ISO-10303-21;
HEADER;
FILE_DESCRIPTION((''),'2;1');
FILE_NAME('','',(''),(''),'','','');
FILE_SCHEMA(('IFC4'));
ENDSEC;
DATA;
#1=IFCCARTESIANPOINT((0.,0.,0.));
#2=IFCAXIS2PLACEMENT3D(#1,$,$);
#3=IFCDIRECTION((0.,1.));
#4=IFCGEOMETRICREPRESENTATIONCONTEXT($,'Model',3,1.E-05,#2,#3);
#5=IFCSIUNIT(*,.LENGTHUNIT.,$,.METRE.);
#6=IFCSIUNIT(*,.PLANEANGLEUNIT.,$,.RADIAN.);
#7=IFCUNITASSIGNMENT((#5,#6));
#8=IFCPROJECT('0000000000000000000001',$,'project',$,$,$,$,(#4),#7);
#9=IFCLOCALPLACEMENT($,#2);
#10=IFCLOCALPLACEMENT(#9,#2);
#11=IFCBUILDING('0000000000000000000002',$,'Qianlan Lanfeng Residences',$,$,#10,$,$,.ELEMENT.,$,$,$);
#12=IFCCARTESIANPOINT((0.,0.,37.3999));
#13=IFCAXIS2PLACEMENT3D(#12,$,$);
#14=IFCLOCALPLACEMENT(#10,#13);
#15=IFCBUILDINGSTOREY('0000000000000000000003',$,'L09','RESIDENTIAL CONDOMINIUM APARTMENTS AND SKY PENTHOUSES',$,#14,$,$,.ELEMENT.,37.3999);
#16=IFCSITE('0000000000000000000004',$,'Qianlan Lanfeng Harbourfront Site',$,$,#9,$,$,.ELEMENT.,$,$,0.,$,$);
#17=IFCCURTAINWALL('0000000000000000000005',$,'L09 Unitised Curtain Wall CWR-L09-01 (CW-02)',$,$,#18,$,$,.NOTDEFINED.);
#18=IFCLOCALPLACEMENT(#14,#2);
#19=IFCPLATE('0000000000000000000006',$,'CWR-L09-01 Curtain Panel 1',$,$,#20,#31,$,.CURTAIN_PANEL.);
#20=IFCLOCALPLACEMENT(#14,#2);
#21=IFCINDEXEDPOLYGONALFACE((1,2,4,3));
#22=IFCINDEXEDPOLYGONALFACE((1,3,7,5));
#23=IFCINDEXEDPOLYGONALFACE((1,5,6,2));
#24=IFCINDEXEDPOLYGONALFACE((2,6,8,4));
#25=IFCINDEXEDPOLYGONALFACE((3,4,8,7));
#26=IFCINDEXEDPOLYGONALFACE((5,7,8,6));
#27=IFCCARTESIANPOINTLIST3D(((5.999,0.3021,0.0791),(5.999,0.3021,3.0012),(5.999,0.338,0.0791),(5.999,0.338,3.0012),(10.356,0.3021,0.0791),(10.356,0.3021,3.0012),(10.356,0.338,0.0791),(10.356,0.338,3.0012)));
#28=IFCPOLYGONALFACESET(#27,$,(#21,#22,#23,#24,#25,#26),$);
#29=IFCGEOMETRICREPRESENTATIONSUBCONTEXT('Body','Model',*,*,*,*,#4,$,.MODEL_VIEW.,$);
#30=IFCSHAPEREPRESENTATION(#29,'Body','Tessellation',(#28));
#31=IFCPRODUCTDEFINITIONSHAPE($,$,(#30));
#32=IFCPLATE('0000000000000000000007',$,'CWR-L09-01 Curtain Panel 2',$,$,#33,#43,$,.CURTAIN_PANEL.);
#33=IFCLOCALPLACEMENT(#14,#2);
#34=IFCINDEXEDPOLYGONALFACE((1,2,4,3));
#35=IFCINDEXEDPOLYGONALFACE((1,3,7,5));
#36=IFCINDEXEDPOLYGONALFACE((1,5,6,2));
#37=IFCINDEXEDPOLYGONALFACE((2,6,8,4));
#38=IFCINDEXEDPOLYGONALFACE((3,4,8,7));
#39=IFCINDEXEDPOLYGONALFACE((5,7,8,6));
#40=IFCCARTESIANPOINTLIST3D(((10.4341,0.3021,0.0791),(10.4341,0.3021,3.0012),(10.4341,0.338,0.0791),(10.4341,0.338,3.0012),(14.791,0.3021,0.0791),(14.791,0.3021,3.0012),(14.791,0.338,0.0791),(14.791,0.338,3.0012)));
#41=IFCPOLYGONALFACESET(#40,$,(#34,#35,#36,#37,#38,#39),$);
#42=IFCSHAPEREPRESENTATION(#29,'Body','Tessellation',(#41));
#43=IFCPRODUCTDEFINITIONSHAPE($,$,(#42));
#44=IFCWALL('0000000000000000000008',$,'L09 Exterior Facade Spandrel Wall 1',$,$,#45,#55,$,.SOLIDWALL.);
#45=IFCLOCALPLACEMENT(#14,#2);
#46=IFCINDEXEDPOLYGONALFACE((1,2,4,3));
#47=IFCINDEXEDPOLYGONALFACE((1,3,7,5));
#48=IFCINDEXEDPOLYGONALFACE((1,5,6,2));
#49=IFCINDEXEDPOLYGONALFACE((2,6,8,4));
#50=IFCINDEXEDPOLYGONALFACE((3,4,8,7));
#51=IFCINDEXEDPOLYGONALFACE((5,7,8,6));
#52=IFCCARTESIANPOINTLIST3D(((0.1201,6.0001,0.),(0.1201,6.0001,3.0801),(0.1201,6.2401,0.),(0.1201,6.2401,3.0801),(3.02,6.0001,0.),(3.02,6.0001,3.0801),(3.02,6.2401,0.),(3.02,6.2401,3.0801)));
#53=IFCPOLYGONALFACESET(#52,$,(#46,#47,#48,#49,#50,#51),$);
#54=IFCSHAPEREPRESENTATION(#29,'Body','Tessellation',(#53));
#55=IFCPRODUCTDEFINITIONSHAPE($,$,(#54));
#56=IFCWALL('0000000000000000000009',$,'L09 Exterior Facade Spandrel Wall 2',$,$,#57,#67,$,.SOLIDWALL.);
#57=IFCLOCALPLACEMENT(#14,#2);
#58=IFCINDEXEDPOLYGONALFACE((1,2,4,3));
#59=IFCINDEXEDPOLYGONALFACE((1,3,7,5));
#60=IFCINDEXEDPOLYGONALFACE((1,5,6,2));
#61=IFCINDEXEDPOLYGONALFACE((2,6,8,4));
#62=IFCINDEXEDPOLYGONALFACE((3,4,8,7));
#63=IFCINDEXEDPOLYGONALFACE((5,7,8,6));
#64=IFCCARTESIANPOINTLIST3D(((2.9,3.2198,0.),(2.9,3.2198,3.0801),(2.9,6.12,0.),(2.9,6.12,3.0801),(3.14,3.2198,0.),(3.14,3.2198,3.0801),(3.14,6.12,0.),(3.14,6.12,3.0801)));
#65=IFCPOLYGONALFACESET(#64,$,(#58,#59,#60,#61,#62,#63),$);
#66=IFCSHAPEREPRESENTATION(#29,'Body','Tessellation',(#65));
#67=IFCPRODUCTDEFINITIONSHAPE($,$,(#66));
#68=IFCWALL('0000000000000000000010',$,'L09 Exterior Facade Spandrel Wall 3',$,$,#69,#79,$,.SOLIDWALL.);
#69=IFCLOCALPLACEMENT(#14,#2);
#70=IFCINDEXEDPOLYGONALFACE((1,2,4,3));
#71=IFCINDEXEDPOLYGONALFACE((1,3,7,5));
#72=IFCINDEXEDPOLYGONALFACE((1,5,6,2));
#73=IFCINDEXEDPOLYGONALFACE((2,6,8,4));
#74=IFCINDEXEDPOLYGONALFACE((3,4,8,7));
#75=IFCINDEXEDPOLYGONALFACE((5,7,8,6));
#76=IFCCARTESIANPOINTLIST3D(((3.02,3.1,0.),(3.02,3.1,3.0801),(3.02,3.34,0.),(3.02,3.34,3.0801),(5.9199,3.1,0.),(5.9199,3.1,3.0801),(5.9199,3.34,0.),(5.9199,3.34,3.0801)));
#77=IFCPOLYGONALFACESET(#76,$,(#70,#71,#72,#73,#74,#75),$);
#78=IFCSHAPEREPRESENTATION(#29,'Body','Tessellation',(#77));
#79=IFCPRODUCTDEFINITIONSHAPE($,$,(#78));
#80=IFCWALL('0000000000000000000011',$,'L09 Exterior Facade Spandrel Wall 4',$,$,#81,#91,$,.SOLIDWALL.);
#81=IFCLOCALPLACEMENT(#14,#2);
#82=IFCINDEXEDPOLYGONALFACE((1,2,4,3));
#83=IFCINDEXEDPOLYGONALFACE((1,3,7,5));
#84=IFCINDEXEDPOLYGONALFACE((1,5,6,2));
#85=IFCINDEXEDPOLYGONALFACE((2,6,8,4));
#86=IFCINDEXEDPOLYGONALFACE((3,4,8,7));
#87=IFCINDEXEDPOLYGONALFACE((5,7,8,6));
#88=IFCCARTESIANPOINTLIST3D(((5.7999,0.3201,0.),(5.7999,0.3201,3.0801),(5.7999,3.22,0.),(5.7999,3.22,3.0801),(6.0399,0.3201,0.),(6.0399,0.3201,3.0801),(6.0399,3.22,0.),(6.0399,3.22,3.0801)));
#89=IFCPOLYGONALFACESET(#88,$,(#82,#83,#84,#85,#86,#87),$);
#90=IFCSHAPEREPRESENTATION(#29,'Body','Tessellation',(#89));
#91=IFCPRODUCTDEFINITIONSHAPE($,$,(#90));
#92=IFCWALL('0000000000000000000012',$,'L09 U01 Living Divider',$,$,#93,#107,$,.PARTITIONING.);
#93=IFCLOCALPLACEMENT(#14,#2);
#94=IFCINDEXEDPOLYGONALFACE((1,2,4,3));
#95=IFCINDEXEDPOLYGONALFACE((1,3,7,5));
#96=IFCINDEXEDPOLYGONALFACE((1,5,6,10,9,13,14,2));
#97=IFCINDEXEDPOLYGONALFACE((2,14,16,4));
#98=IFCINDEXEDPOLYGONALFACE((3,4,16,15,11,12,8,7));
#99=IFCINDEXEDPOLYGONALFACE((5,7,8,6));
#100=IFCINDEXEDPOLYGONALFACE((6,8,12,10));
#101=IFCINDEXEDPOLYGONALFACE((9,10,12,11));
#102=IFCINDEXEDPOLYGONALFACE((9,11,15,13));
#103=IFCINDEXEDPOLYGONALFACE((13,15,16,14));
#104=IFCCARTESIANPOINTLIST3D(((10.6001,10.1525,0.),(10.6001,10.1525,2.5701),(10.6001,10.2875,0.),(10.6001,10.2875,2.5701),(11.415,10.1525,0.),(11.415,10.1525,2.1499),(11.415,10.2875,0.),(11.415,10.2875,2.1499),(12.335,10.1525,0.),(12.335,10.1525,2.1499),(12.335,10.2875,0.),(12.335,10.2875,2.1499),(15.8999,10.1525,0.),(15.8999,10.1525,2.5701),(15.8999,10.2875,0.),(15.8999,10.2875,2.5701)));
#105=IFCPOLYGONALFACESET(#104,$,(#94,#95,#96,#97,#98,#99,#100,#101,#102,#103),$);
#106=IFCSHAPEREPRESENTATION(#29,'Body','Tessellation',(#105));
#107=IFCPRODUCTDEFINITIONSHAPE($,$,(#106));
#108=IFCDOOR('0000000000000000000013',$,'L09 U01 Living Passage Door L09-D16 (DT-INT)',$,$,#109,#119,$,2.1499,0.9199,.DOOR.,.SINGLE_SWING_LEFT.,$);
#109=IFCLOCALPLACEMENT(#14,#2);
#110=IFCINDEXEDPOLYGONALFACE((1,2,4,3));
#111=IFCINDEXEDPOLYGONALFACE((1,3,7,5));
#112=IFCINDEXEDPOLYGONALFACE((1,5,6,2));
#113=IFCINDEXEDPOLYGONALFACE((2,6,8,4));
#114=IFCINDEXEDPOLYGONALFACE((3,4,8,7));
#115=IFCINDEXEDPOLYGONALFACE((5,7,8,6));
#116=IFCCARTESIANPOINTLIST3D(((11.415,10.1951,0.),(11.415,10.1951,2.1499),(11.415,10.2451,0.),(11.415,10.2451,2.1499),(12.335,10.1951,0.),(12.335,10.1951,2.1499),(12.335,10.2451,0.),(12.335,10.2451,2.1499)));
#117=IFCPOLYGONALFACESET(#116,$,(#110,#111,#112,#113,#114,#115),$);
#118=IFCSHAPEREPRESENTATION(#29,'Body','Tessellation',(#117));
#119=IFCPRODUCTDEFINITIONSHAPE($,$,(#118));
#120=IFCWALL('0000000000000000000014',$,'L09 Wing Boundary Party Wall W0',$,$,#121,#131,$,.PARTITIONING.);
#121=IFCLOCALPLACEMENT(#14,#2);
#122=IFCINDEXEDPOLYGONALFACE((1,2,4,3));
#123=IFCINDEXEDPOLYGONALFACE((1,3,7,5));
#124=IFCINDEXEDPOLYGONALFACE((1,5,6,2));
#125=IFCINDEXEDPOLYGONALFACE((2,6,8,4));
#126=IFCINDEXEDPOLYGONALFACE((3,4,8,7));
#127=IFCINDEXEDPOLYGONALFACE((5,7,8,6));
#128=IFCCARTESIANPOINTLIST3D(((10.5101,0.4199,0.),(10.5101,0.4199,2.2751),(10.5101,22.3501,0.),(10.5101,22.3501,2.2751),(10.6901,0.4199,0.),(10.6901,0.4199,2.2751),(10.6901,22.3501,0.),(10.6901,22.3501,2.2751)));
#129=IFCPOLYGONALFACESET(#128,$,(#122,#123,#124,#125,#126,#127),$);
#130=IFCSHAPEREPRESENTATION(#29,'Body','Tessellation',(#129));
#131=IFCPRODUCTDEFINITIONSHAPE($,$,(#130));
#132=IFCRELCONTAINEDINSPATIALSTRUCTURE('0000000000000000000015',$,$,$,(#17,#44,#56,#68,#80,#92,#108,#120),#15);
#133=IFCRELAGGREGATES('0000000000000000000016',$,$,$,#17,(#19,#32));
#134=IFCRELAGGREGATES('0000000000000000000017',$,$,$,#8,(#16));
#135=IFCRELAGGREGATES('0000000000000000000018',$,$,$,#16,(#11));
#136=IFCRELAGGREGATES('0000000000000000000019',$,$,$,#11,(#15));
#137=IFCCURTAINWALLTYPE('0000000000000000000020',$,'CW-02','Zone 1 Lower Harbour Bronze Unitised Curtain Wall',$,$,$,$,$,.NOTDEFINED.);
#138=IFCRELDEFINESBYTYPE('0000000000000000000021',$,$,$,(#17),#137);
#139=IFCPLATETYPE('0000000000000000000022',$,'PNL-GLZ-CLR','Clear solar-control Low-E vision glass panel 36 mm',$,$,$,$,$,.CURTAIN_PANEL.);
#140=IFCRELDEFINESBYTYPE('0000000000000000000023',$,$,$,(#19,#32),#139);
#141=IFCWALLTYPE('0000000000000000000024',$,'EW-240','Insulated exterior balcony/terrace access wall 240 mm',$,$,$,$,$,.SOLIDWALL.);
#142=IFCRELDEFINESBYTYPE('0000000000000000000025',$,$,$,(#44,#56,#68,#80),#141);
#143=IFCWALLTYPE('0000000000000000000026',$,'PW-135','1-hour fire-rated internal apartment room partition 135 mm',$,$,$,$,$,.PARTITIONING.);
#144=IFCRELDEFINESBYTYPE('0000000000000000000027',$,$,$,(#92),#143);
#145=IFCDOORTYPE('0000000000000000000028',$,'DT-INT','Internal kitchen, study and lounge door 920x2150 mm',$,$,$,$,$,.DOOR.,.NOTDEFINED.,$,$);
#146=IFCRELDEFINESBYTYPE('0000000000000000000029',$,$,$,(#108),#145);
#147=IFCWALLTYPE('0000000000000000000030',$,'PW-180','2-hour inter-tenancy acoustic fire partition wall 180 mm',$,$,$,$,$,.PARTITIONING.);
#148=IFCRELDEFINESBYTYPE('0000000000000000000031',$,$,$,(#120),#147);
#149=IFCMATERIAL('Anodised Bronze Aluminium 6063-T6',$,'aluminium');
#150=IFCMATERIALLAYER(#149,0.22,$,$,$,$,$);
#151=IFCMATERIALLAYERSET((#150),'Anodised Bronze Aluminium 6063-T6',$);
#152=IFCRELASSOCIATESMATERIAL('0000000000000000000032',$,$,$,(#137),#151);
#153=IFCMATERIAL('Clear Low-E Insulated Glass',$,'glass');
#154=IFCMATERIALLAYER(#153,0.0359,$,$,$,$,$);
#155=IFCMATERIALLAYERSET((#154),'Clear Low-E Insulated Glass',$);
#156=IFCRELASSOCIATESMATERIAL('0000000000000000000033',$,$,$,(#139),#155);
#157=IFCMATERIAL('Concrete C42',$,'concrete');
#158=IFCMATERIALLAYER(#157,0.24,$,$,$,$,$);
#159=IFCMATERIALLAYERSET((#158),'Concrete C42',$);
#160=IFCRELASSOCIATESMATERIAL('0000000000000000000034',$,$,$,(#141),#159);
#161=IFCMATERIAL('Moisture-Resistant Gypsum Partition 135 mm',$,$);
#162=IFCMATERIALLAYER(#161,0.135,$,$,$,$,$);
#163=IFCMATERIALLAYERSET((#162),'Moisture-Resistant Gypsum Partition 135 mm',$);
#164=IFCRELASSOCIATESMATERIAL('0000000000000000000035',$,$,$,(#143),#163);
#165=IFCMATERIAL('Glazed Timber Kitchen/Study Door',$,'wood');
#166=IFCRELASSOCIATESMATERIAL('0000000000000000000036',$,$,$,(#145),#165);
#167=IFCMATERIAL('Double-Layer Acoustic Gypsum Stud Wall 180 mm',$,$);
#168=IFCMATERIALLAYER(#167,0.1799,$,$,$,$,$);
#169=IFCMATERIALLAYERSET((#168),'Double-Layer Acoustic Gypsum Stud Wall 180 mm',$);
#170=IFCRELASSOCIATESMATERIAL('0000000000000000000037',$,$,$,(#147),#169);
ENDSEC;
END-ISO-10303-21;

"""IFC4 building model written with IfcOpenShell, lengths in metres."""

from ifc_helpers import new_model, si_unit, direction, frame, frame_2d, origin, origin_2d, place, context, subcontext, project, spatial, rectangle, extrude, source, transform, mapped, material, layer, layer_set, type_object, element, fill, aggregate, save


model = new_model("IFC4")

# Units and contexts
model_context = context("Model", 3, precision=1e-05, world=origin(), true_north=direction((0.0, 1.0)))
body_context = subcontext(model_context, "Body", "Model", "MODEL_VIEW")
ifc_project = project(units=[si_unit("LENGTHUNIT", "METRE"), si_unit("PLANEANGLEUNIT", "RADIAN")], contexts=[model_context])

# Site, building, storey
site_placement = place(None, origin())
site = spatial("IfcSite", under=ifc_project, at=site_placement, Name="Qianlan Lanfeng Harbourfront Site", CompositionType="ELEMENT", RefElevation=0.0)
building_placement = place(site_placement, origin())
building = spatial("IfcBuilding", under=site, at=building_placement, Name="Qianlan Lanfeng Residences", CompositionType="ELEMENT")
storey_placement = place(building_placement, frame((0.0, 0.0, 37.3999)))
storey = spatial("IfcBuildingStorey", under=building, at=storey_placement, Name="L09", Description="RESIDENTIAL CONDOMINIUM APARTMENTS AND SKY PENTHOUSES", CompositionType="ELEMENT", Elevation=37.3999)

# Curtain wall
ifc_material_1 = material(Name="Anodised Bronze Aluminium 6063-T6", Category="aluminium")
ifc_layer_1 = layer(ifc_material_1, 0.22)
ifc_layer_set_1 = layer_set([ifc_layer_1], Name="Anodised Bronze Aluminium 6063-T6")
curtain_wall_type = type_object("IfcCurtainWallType", Name="CW-02", Description="Zone 1 Lower Harbour Bronze Unitised Curtain Wall", PredefinedType="NOTDEFINED", material=ifc_layer_set_1)
curtain_wall_1_placement = place(storey_placement, origin())
curtain_wall_1 = element("IfcCurtainWall", 1, at=curtain_wall_1_placement, inside=storey, type_object=curtain_wall_type, Name="L09 Unitised Curtain Wall CWR-L09-01 (CW-02)", PredefinedType="NOTDEFINED")

# Plates
ifc_material_2 = material(Name="Clear Low-E Insulated Glass", Category="glass")
ifc_layer_2 = layer(ifc_material_2, 0.0359)
ifc_layer_set_2 = layer_set([ifc_layer_2], Name="Clear Low-E Insulated Glass")
plate_type = type_object("IfcPlateType", Name="PNL-GLZ-CLR", Description="Clear solar-control Low-E vision glass panel 36 mm", PredefinedType="CURTAIN_PANEL", material=ifc_layer_set_2)
shared_shape_1 = source(origin(), body_context, "Body", "SweptSolid", [
    extrude(rectangle(XDim=4.3569, YDim=0.0359, at=origin_2d()), origin(), (0.0, 0.0, 1.0), 2.9221),
])
plate_1_placement = place(storey_placement, frame((8.1775, 0.3201, 0.0791), z_axis=(0.0, 0.0, 1.0), x_axis=(1.0, 0.0, 0.0)))
plate_1 = element("IfcPlate", 2, at=plate_1_placement, type_object=plate_type, Name="CWR-L09-01 Curtain Panel 1", PredefinedType="CURTAIN_PANEL", context=body_context, shape_type="MappedRepresentation", body=[
    mapped(shared_shape_1, transform((0.0, 0.0, 0.0), scale=1.0)),
])
plate_2_placement = place(storey_placement, frame((12.6125, 0.3201, 0.0791), z_axis=(0.0, 0.0, 1.0), x_axis=(1.0, 0.0, 0.0)))
plate_2 = element("IfcPlate", 3, at=plate_2_placement, type_object=plate_type, Name="CWR-L09-01 Curtain Panel 2", PredefinedType="CURTAIN_PANEL", context=body_context, shape_type="MappedRepresentation", body=[
    mapped(shared_shape_1, transform((0.0, 0.0, 0.0), scale=1.0)),
])
aggregate(curtain_wall_1, [plate_1, plate_2])

# Walls
ifc_material_3 = material(Name="Concrete C42", Category="concrete")
ifc_layer_3 = layer(ifc_material_3, 0.24)
ifc_layer_set_3 = layer_set([ifc_layer_3], Name="Concrete C42")
wall_type_1 = type_object("IfcWallType", Name="EW-240", Description="Insulated exterior balcony/terrace access wall 240 mm", PredefinedType="SOLIDWALL", material=ifc_layer_set_3)
wall_1_placement = place(storey_placement, frame((0.1201, 6.1201, 0.0), z_axis=(0.0, 0.0, 1.0), x_axis=(1.0, 0.0, 0.0)))
element("IfcWall", 4, at=wall_1_placement, inside=storey, type_object=wall_type_1, Name="L09 Exterior Facade Spandrel Wall 1", PredefinedType="SOLIDWALL", context=body_context, shape_type="SweptSolid", body=[
    extrude(rectangle(XDim=2.8999, YDim=0.24, at=frame_2d((1.45, 0.0))), origin(), (0.0, 0.0, 1.0), 3.0801),
])
wall_2_placement = place(storey_placement, frame((3.02, 6.1201, 0.0), z_axis=(0.0, 0.0, 1.0), x_axis=(0.0, -1.0, 0.0)))
element("IfcWall", 5, at=wall_2_placement, inside=storey, type_object=wall_type_1, Name="L09 Exterior Facade Spandrel Wall 2", PredefinedType="SOLIDWALL", context=body_context, shape_type="SweptSolid", body=[
    extrude(rectangle(XDim=2.9001, YDim=0.24, at=frame_2d((1.4502, 0.0))), origin(), (0.0, 0.0, 1.0), 3.0801),
])
for number, where, z_axis, x_axis, name in (
    (6, (3.02, 3.22, 0.0), (0.0, 0.0, 1.0), (1.0, 0.0, 0.0), "L09 Exterior Facade Spandrel Wall 3"),
    (7, (5.9199, 3.22, 0.0), (0.0, 0.0, 1.0), (0.0, -1.0, 0.0), "L09 Exterior Facade Spandrel Wall 4"),
):
    element("IfcWall", number, at=place(storey_placement, frame(where, z_axis=z_axis, x_axis=x_axis)), inside=storey, type_object=wall_type_1, Name=name, PredefinedType="SOLIDWALL", context=body_context, shape_type="SweptSolid", body=[
        extrude(rectangle(XDim=2.8999, YDim=0.24, at=frame_2d((1.45, 0.0))), origin(), (0.0, 0.0, 1.0), 3.0801),
    ])

# Wall, opening, door
ifc_material_4 = material(Name="Moisture-Resistant Gypsum Partition 135 mm")
ifc_layer_4 = layer(ifc_material_4, 0.135)
ifc_layer_set_4 = layer_set([ifc_layer_4], Name="Moisture-Resistant Gypsum Partition 135 mm")
wall_type_2 = type_object("IfcWallType", Name="PW-135", Description="1-hour fire-rated internal apartment room partition 135 mm", PredefinedType="PARTITIONING", material=ifc_layer_set_4)
wall_3_placement = place(storey_placement, frame((10.6001, 10.22, 0.0), z_axis=(0.0, 0.0, 1.0), x_axis=(1.0, 0.0, 0.0)))
wall_3 = element("IfcWall", 8, at=wall_3_placement, inside=storey, type_object=wall_type_2, Name="L09 U01 Living Divider", PredefinedType="PARTITIONING", context=body_context, shape_type="SweptSolid", body=[
    extrude(rectangle(XDim=5.2998, YDim=0.135, at=frame_2d((2.6499, 0.0))), origin(), (0.0, 0.0, 1.0), 2.5701),
])
opening_1_placement = place(wall_3_placement, frame((0.8149, 0.0, 0.0)))
opening_1 = element("IfcOpeningElement", 9, at=opening_1_placement, cuts=wall_3, PredefinedType="OPENING", context=body_context, shape_type="SweptSolid", body=[
    extrude(rectangle(XDim=0.9199, YDim=2.1499, at=frame_2d((0.46, 1.075))), frame((0.0, 0.0776, 0.0), z_axis=(0.0, -1.0, 0.0), x_axis=(1.0, 0.0, 0.0)), (0.0, 0.0, 1.0), 0.155),
])
ifc_material_5 = material(Name="Glazed Timber Kitchen/Study Door", Category="wood")
door_type_1 = type_object("IfcDoorType", Name="DT-INT", Description="Internal kitchen, study and lounge door 920x2150 mm", OperationType="NOTDEFINED", PredefinedType="DOOR", material=ifc_material_5)
door_1_placement = place(opening_1_placement, frame((0.9199, 0.0, 0.0), z_axis=(0.0, 0.0, 1.0), x_axis=(-1.0, 0.0, 0.0)))
door_1 = element("IfcDoor", 10, at=door_1_placement, inside=storey, type_object=door_type_1, Name="L09 U01 Living Passage Door L09-D16 (DT-INT)", OperationType="SINGLE_SWING_LEFT", OverallHeight=2.1499, OverallWidth=0.9199, PredefinedType="DOOR", context=body_context, shape_type="SweptSolid", body=[
    extrude(rectangle(XDim=0.9199, YDim=2.1499, at=frame_2d((0.46, 1.075))), frame((0.0, 0.0249, 0.0), z_axis=(0.0, -1.0, 0.0), x_axis=(1.0, 0.0, 0.0)), (0.0, 0.0, 1.0), 0.05),
])
fill(opening_1, door_1)

# Wall
ifc_material_6 = material(Name="Double-Layer Acoustic Gypsum Stud Wall 180 mm")
ifc_layer_5 = layer(ifc_material_6, 0.1799)
ifc_layer_set_5 = layer_set([ifc_layer_5], Name="Double-Layer Acoustic Gypsum Stud Wall 180 mm")
wall_type_3 = type_object("IfcWallType", Name="PW-180", Description="2-hour inter-tenancy acoustic fire partition wall 180 mm", PredefinedType="PARTITIONING", material=ifc_layer_set_5)
wall_4_placement = place(storey_placement, frame((10.6001, 0.4199, 0.0), z_axis=(0.0, 0.0, 1.0), x_axis=(0.0, 1.0, 0.0)))
element("IfcWall", 11, at=wall_4_placement, inside=storey, type_object=wall_type_3, Name="L09 Wing Boundary Party Wall W0", PredefinedType="PARTITIONING", context=body_context, shape_type="SweptSolid", body=[
    extrude(rectangle(XDim=21.9302, YDim=0.1799, at=frame_2d((10.9651, 0.0))), origin(), (0.0, 0.0, 1.0), 2.2751),
])

save(model, "model.ifc")
